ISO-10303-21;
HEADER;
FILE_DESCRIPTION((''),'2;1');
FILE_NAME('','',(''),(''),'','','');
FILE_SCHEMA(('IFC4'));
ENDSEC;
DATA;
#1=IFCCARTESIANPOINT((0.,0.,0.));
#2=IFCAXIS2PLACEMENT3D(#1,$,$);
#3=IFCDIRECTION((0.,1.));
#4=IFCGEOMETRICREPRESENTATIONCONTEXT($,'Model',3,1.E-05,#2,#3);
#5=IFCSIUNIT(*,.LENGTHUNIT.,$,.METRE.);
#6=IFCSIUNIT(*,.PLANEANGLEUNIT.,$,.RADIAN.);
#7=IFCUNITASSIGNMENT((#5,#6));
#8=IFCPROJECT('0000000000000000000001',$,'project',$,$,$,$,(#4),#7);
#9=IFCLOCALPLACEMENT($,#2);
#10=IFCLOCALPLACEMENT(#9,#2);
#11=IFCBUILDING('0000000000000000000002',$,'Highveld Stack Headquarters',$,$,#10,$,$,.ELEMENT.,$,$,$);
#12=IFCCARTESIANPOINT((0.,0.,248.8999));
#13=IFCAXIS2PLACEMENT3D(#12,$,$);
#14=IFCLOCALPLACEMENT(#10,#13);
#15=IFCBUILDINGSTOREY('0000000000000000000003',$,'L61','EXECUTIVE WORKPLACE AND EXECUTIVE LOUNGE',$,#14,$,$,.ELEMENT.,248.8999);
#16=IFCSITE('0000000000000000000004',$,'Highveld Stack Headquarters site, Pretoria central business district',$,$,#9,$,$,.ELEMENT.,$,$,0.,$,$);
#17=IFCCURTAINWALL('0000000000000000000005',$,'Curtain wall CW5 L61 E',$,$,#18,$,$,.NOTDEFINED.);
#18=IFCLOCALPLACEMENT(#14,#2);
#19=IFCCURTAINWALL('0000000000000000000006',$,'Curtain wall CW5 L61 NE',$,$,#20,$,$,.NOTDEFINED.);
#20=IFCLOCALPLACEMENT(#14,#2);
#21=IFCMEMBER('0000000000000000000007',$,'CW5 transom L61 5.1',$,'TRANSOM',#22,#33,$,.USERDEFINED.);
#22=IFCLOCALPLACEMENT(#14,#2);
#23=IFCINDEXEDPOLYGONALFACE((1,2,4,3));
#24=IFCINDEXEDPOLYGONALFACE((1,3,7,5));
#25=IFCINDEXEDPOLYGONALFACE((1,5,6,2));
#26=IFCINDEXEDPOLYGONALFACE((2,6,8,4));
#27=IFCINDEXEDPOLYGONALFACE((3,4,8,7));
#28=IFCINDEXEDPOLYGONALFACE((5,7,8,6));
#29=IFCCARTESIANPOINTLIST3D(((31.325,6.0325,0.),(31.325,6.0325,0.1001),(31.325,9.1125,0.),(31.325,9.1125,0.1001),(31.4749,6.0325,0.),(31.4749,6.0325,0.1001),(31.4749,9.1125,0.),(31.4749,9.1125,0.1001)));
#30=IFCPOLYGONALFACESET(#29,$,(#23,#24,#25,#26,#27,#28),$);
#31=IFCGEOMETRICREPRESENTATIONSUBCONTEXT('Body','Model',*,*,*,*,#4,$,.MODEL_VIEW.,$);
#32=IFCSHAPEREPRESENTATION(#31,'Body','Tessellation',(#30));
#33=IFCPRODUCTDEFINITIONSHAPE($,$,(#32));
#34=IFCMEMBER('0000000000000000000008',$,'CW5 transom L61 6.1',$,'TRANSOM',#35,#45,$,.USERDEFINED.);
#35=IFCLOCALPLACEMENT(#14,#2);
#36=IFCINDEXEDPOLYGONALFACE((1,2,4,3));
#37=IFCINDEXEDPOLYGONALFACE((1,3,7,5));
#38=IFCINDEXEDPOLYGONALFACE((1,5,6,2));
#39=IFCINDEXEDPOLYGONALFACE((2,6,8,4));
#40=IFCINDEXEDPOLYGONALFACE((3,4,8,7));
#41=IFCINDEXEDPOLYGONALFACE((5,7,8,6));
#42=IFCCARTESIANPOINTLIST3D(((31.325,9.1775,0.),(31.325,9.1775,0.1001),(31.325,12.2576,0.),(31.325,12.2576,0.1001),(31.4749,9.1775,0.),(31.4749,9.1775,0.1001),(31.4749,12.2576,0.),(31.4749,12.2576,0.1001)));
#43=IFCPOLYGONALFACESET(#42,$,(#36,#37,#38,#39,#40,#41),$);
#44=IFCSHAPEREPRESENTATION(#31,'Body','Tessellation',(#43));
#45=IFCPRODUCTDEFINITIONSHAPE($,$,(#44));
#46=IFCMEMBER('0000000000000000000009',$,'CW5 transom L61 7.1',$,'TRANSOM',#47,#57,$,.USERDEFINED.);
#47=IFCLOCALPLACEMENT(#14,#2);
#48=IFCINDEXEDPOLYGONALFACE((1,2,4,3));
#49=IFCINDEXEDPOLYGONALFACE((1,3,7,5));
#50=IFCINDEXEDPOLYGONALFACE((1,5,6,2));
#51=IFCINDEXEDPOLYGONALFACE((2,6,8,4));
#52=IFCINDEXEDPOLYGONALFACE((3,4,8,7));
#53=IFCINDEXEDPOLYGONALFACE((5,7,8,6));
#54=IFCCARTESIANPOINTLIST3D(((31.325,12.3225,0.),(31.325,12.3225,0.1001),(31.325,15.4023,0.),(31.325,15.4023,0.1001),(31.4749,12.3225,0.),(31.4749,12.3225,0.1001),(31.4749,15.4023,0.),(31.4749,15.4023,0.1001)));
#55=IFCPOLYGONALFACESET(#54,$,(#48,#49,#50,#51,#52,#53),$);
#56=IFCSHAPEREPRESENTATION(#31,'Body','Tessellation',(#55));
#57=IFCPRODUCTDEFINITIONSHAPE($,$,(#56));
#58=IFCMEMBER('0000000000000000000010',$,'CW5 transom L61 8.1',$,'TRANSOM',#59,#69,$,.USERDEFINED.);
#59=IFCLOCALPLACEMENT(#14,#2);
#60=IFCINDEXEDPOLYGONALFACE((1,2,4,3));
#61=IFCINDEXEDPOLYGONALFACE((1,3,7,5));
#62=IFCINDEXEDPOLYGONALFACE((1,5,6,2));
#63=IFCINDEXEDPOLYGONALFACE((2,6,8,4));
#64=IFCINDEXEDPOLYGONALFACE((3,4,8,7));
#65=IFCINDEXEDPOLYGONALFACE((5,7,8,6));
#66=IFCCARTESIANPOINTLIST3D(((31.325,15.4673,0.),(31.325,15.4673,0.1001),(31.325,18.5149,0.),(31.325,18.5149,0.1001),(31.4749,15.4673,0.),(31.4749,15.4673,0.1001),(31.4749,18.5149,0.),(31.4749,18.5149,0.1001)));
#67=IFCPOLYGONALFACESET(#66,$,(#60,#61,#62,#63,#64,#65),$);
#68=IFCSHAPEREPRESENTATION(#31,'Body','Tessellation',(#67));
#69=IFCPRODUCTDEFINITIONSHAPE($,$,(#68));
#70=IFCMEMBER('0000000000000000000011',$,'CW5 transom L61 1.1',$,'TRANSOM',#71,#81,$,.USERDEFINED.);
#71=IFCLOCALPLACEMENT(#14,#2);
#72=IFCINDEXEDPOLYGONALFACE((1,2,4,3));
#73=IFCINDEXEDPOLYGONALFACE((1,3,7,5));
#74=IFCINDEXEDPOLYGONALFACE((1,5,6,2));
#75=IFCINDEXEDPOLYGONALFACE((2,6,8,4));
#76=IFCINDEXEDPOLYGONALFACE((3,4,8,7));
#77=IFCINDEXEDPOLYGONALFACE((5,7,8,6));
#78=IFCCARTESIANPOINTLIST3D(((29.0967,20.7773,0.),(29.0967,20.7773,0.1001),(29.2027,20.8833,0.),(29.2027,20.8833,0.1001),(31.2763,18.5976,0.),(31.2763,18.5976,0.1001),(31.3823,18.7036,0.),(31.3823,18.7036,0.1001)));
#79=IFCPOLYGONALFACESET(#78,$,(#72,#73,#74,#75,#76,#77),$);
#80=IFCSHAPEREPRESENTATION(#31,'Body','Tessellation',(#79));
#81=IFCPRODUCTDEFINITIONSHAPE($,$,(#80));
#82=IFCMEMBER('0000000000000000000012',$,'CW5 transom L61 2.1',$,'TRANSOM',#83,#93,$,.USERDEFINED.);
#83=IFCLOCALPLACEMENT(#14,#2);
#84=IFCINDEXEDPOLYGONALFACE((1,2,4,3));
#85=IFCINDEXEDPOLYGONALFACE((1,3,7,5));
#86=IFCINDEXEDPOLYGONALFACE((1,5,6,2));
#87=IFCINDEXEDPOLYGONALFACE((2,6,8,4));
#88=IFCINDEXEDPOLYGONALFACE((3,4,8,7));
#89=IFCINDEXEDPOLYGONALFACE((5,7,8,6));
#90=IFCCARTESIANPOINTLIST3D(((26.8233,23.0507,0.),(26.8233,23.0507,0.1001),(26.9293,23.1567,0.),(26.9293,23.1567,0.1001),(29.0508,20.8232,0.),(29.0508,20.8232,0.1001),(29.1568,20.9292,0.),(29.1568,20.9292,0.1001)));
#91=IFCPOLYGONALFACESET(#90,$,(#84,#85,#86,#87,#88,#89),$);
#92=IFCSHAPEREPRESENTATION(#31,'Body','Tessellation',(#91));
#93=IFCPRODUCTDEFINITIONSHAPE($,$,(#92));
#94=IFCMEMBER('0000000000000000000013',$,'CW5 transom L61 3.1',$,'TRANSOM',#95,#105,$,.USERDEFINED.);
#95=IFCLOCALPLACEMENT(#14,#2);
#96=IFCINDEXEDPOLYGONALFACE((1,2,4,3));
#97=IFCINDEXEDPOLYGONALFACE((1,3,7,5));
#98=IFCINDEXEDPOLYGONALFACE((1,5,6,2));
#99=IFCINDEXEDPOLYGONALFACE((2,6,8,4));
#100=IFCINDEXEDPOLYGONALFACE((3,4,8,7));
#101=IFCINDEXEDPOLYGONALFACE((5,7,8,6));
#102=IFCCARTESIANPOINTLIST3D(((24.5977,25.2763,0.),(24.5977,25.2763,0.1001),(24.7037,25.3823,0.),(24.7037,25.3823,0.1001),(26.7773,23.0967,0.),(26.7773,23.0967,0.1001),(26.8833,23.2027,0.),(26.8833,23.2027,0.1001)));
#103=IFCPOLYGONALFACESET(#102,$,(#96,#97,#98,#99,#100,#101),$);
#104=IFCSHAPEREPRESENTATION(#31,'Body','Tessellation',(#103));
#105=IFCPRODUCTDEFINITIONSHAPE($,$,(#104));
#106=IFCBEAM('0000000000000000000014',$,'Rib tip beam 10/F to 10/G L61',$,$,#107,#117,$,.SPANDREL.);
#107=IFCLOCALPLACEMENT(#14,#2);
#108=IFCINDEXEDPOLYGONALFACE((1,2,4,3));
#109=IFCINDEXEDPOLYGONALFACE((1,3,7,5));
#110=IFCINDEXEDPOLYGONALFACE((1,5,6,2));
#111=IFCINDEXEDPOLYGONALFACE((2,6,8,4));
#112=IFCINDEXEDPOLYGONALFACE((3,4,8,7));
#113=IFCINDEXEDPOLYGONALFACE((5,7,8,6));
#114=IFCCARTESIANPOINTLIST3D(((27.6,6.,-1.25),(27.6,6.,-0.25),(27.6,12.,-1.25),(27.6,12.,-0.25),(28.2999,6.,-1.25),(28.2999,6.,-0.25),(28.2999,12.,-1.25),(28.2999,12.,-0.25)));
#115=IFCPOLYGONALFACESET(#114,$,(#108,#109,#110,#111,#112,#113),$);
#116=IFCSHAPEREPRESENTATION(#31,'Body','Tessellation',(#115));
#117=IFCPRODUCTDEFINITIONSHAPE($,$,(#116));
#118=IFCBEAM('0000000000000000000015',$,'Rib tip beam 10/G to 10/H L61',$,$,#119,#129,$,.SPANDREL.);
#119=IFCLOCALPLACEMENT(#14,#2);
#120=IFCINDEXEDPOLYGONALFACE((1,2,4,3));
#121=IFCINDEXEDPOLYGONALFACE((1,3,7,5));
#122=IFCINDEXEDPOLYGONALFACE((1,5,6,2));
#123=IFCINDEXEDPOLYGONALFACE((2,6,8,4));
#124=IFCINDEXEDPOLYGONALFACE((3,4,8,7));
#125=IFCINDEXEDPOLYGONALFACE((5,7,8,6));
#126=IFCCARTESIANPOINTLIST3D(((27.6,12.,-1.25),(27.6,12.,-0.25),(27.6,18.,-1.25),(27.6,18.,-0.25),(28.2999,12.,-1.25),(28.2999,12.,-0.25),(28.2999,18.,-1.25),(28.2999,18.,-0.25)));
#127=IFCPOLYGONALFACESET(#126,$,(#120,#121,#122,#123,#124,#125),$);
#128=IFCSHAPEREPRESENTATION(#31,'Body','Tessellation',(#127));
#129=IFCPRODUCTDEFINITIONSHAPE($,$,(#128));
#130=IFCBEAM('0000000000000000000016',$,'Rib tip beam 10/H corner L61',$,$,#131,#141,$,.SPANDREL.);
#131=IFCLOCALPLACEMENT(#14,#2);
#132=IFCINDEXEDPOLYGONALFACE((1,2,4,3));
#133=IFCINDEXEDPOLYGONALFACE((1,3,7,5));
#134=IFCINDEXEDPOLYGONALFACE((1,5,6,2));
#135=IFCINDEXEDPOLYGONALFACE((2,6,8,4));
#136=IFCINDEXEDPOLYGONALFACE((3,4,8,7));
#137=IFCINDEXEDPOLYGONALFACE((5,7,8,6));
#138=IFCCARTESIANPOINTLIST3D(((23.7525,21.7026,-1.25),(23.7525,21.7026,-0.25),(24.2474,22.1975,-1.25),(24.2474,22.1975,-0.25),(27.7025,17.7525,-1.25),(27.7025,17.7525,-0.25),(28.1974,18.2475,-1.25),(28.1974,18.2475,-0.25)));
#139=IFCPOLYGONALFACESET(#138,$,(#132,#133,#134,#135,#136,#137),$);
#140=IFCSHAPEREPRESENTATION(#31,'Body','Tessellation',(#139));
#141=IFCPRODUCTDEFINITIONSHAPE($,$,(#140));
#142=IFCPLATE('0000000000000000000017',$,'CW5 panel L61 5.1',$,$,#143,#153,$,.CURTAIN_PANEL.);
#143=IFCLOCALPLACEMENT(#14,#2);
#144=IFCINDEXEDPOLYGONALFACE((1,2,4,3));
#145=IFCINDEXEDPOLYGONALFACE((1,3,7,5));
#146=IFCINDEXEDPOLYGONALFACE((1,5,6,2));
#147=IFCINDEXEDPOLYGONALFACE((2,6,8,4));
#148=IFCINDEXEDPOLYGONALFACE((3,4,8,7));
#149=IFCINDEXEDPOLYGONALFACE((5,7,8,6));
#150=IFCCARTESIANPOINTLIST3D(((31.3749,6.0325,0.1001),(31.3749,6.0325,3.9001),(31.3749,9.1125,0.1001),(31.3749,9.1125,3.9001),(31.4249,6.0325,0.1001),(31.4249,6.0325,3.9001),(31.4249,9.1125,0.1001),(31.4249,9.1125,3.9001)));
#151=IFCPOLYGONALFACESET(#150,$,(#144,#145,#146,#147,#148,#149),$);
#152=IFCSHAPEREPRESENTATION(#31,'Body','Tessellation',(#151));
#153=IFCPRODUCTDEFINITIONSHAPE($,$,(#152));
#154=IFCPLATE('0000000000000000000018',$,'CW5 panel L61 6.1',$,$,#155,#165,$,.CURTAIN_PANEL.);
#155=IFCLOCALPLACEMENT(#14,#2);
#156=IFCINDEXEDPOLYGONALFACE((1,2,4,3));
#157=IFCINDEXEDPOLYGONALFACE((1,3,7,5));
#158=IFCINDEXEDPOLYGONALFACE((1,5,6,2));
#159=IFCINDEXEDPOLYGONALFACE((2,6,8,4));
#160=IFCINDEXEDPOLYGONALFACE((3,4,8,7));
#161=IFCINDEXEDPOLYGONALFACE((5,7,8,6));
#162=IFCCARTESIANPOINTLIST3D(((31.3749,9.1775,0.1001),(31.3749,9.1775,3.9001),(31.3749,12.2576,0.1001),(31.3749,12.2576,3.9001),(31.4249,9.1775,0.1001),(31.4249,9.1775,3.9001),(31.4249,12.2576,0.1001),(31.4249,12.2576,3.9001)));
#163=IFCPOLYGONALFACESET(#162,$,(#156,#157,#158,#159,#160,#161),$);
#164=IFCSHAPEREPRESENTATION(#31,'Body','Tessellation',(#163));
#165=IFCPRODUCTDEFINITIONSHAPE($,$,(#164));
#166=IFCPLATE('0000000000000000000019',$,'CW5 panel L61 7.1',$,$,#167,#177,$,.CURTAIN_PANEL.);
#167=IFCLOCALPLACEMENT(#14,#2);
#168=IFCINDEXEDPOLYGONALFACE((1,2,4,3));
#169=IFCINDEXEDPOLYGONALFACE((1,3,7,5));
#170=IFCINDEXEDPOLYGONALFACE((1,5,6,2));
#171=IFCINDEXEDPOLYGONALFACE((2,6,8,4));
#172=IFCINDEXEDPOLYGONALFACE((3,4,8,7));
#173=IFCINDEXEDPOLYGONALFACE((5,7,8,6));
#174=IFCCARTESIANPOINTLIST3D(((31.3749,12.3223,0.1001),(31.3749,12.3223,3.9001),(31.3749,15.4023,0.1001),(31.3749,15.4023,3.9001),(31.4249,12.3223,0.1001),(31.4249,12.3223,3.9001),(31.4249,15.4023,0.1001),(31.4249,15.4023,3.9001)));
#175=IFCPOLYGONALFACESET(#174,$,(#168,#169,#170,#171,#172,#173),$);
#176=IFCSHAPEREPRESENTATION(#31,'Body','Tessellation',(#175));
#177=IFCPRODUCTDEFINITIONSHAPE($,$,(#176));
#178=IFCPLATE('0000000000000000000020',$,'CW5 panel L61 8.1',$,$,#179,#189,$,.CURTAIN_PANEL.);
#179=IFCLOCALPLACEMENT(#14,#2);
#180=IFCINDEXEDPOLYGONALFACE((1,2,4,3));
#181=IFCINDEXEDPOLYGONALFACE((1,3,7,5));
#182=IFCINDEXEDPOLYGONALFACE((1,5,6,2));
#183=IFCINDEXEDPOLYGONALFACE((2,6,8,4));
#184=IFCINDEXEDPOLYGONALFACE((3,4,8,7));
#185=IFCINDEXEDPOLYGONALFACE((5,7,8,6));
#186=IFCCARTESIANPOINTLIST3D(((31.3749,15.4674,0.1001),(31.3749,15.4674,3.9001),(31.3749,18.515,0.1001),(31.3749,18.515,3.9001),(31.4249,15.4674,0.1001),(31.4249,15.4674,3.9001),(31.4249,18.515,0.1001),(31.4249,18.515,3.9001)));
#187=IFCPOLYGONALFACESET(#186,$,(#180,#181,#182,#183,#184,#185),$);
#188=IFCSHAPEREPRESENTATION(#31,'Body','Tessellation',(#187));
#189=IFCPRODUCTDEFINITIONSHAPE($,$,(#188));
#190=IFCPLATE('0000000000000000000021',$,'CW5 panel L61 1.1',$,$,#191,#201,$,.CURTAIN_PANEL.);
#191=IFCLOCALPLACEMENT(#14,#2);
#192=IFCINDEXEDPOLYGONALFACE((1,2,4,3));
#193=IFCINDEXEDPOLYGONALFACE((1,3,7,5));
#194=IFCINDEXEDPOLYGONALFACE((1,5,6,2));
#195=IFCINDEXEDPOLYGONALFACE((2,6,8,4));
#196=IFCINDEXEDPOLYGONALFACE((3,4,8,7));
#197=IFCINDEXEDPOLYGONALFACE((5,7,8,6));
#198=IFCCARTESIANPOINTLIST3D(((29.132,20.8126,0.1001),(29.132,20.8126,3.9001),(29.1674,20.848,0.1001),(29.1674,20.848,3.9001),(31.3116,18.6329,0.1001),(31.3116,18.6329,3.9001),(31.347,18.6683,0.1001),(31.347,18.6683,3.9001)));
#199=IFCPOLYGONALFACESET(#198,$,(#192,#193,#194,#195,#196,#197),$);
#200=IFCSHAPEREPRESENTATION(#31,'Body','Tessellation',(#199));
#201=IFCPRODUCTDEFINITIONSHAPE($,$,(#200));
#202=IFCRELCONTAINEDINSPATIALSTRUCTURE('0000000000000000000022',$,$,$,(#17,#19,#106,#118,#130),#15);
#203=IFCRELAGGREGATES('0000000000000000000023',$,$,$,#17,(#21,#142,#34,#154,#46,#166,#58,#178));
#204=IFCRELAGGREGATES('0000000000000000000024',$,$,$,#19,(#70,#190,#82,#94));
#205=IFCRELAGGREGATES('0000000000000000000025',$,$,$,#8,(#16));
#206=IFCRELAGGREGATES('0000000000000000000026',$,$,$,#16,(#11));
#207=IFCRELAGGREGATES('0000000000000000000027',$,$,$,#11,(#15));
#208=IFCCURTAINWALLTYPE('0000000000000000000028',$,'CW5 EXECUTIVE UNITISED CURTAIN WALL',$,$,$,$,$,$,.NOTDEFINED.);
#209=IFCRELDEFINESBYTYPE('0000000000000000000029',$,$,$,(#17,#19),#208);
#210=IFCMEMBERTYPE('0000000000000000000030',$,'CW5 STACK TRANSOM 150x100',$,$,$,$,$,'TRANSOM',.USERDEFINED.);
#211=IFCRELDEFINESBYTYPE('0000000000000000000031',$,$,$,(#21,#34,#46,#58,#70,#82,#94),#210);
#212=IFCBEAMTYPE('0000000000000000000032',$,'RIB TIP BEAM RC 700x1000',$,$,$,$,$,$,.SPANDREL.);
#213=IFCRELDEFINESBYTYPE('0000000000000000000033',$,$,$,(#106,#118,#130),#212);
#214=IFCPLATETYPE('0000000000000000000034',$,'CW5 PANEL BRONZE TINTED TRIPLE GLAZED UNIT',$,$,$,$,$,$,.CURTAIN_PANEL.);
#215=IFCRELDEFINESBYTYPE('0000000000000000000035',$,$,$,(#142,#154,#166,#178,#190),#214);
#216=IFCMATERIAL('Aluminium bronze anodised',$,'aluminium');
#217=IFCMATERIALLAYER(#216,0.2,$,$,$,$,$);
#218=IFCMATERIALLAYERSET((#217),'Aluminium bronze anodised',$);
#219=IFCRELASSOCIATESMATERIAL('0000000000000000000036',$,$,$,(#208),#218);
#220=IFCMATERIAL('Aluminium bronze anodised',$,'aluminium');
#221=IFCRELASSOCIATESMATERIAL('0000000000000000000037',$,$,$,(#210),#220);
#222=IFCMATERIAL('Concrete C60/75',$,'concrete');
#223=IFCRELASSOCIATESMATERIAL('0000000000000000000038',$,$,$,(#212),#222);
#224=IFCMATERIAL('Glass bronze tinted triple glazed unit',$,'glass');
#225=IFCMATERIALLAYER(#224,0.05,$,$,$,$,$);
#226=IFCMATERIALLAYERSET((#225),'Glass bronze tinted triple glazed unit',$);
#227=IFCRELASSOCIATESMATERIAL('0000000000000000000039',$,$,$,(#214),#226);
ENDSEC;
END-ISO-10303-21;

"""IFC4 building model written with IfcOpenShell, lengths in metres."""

from ifc_helpers import new_model, si_unit, direction, frame, origin, origin_2d, place, context, subcontext, project, spatial, rectangle, extrude, material, layer, layer_set, material_profile, profile_set, type_object, element, aggregate, save


model = new_model("IFC4")

# Units and contexts
model_context = context("Model", 3, precision=1e-05, world=origin(), true_north=direction((0.0, 1.0)))
body_context = subcontext(model_context, "Body", "Model", "MODEL_VIEW")
ifc_project = project(units=[si_unit("LENGTHUNIT", "METRE"), si_unit("PLANEANGLEUNIT", "RADIAN")], contexts=[model_context])

# Site, building, storey
site_placement = place(None, origin())
site = spatial("IfcSite", under=ifc_project, at=site_placement, Name="Highveld Stack Headquarters site, Pretoria central business district", CompositionType="ELEMENT", RefElevation=0.0)
building_placement = place(site_placement, origin())
building = spatial("IfcBuilding", under=site, at=building_placement, Name="Highveld Stack Headquarters", CompositionType="ELEMENT")
storey_placement = place(building_placement, frame((0.0, 0.0, 248.8999)))
storey = spatial("IfcBuildingStorey", under=building, at=storey_placement, Name="L61", Description="EXECUTIVE WORKPLACE AND EXECUTIVE LOUNGE", CompositionType="ELEMENT", Elevation=248.8999)

# Curtain walls
ifc_material_1 = material(Name="Aluminium bronze anodised", Category="aluminium")
ifc_layer_1 = layer(ifc_material_1, 0.2)
ifc_layer_set_1 = layer_set([ifc_layer_1], Name="Aluminium bronze anodised")
curtain_wall_type = type_object("IfcCurtainWallType", Name="CW5 EXECUTIVE UNITISED CURTAIN WALL", PredefinedType="NOTDEFINED", material=ifc_layer_set_1)
curtain_wall_1_placement = place(storey_placement, origin())
curtain_wall_1 = element("IfcCurtainWall", 1, at=curtain_wall_1_placement, inside=storey, type_object=curtain_wall_type, Name="Curtain wall CW5 L61 E", PredefinedType="NOTDEFINED")
curtain_wall_2_placement = place(storey_placement, origin())
curtain_wall_2 = element("IfcCurtainWall", 2, at=curtain_wall_2_placement, inside=storey, type_object=curtain_wall_type, Name="Curtain wall CW5 L61 NE", PredefinedType="NOTDEFINED")

# Members
ifc_material_2 = material(Name="Aluminium bronze anodised", Category="aluminium")
ifc_material_profile_1 = material_profile(ifc_material_2, rectangle(XDim=0.1499, YDim=0.1001, at=origin_2d()), Name="CW5 TRANSOM 150x100")
ifc_profile_set_1 = profile_set([ifc_material_profile_1], Name="Aluminium bronze anodised")
member_type_1 = type_object("IfcMemberType", Name="CW5 STACK TRANSOM 150x100", ElementType="TRANSOM", PredefinedType="USERDEFINED", material=ifc_profile_set_1)
member_1_placement = place(storey_placement, frame((31.3999, 6.0325, 0.05), z_axis=(0.0, 1.0, 0.0), x_axis=(-1.0, 0.0, 0.0)))
member_1 = element("IfcMember", 3, at=member_1_placement, type_object=member_type_1, Name="CW5 transom L61 5.1", ObjectType="TRANSOM", PredefinedType="USERDEFINED", context=body_context, shape_type="SweptSolid", body=[
    extrude(rectangle(XDim=0.1499, YDim=0.1001, at=origin_2d()), origin(), (0.0, 0.0, 1.0), 3.0801),
])
member_2_placement = place(storey_placement, frame((31.3999, 9.1775, 0.05), z_axis=(0.0, 1.0, 0.0), x_axis=(-1.0, 0.0, 0.0)))
member_2 = element("IfcMember", 4, at=member_2_placement, type_object=member_type_1, Name="CW5 transom L61 6.1", ObjectType="TRANSOM", PredefinedType="USERDEFINED", context=body_context, shape_type="SweptSolid", body=[
    extrude(rectangle(XDim=0.1499, YDim=0.1001, at=origin_2d()), origin(), (0.0, 0.0, 1.0), 3.0801),
])
member_3_placement = place(storey_placement, frame((31.3999, 12.3225, 0.05), z_axis=(0.0, 1.0, 0.0), x_axis=(-1.0, 0.0, 0.0)))
member_3 = element("IfcMember", 5, at=member_3_placement, type_object=member_type_1, Name="CW5 transom L61 7.1", ObjectType="TRANSOM", PredefinedType="USERDEFINED", context=body_context, shape_type="SweptSolid", body=[
    extrude(rectangle(XDim=0.1499, YDim=0.1001, at=origin_2d()), origin(), (0.0, 0.0, 1.0), 3.0798),
])
member_4_placement = place(storey_placement, frame((31.3999, 15.4673, 0.05), z_axis=(0.0, 1.0, 0.0), x_axis=(-1.0, 0.0, 0.0)))
member_4 = element("IfcMember", 6, at=member_4_placement, type_object=member_type_1, Name="CW5 transom L61 8.1", ObjectType="TRANSOM", PredefinedType="USERDEFINED", context=body_context, shape_type="SweptSolid", body=[
    extrude(rectangle(XDim=0.1499, YDim=0.1001, at=origin_2d()), origin(), (0.0, 0.0, 1.0), 3.0476),
])
member_5_placement = place(storey_placement, frame((31.3293, 18.6506, 0.05), z_axis=(-0.707107, 0.707107, 0.0), x_axis=(-0.707107, -0.707107, 0.0)))
member_5 = element("IfcMember", 7, at=member_5_placement, type_object=member_type_1, Name="CW5 transom L61 1.1", ObjectType="TRANSOM", PredefinedType="USERDEFINED", context=body_context, shape_type="SweptSolid", body=[
    extrude(rectangle(XDim=0.1499, YDim=0.1001, at=origin_2d()), origin(), (0.0, 0.0, 1.0), 3.0825),
])
member_6_placement = place(storey_placement, frame((29.1038, 20.8762, 0.05), z_axis=(-0.707107, 0.707107, 0.0), x_axis=(-0.707107, -0.707107, 0.0)))
member_6 = element("IfcMember", 8, at=member_6_placement, type_object=member_type_1, Name="CW5 transom L61 2.1", ObjectType="TRANSOM", PredefinedType="USERDEFINED", context=body_context, shape_type="SweptSolid", body=[
    extrude(rectangle(XDim=0.1499, YDim=0.1001, at=origin_2d()), origin(), (0.0, 0.0, 1.0), 3.1501),
])
member_7_placement = place(storey_placement, frame((26.8303, 23.1497, 0.05), z_axis=(-0.707107, 0.707107, 0.0), x_axis=(-0.707107, -0.707107, 0.0)))
member_7 = element("IfcMember", 9, at=member_7_placement, type_object=member_type_1, Name="CW5 transom L61 3.1", ObjectType="TRANSOM", PredefinedType="USERDEFINED", context=body_context, shape_type="SweptSolid", body=[
    extrude(rectangle(XDim=0.1499, YDim=0.1001, at=origin_2d()), origin(), (0.0, 0.0, 1.0), 3.0825),
])

# Beams
ifc_material_3 = material(Name="Concrete C60/75", Category="concrete")
ifc_material_profile_2 = material_profile(ifc_material_3, rectangle(XDim=0.7, YDim=1.0, at=origin_2d()), Name="RC 700x1000")
ifc_profile_set_2 = profile_set([ifc_material_profile_2], Name="Concrete C60/75")
beam_type = type_object("IfcBeamType", Name="RIB TIP BEAM RC 700x1000", PredefinedType="SPANDREL", material=ifc_profile_set_2)
for number, where, z_axis, x_axis, name in (
    (10, (27.95, 6.0, -0.75), (0.0, 1.0, 0.0), (-1.0, 0.0, 0.0), "Rib tip beam 10/F to 10/G L61"),
    (11, (27.95, 12.0, -0.75), (0.0, 1.0, 0.0), (-1.0, 0.0, 0.0), "Rib tip beam 10/G to 10/H L61"),
):
    element("IfcBeam", number, at=place(storey_placement, frame(where, z_axis=z_axis, x_axis=x_axis)), inside=storey, type_object=beam_type, Name=name, PredefinedType="SPANDREL", context=body_context, shape_type="SweptSolid", body=[
        extrude(rectangle(XDim=0.7, YDim=1.0, at=origin_2d()), origin(), (0.0, 0.0, 1.0), 6.0),
    ])
beam_placement = place(storey_placement, frame((27.95, 18.0, -0.75), z_axis=(-0.707107, 0.707107, 0.0), x_axis=(-0.707107, -0.707107, 0.0)))
element("IfcBeam", 12, at=beam_placement, inside=storey, type_object=beam_type, Name="Rib tip beam 10/H corner L61", PredefinedType="SPANDREL", context=body_context, shape_type="SweptSolid", body=[
    extrude(rectangle(XDim=0.7, YDim=1.0, at=origin_2d()), origin(), (0.0, 0.0, 1.0), 5.5862),
])

# Plates
ifc_material_4 = material(Name="Glass bronze tinted triple glazed unit", Category="glass")
ifc_layer_2 = layer(ifc_material_4, 0.05)
ifc_layer_set_2 = layer_set([ifc_layer_2], Name="Glass bronze tinted triple glazed unit")
plate_type = type_object("IfcPlateType", Name="CW5 PANEL BRONZE TINTED TRIPLE GLAZED UNIT", PredefinedType="CURTAIN_PANEL", material=ifc_layer_set_2)
plate_1_placement = place(storey_placement, frame((31.3999, 7.5725, 0.1001), z_axis=(0.0, 0.0, 1.0), x_axis=(0.0, 1.0, 0.0)))
plate_1 = element("IfcPlate", 13, at=plate_1_placement, type_object=plate_type, Name="CW5 panel L61 5.1", PredefinedType="CURTAIN_PANEL", context=body_context, shape_type="SweptSolid", body=[
    extrude(rectangle(XDim=3.0801, YDim=0.05, at=origin_2d()), origin(), (0.0, 0.0, 1.0), 3.8),
])
plate_2_placement = place(storey_placement, frame((31.3999, 10.7175, 0.1001), z_axis=(0.0, 0.0, 1.0), x_axis=(0.0, 1.0, 0.0)))
plate_2 = element("IfcPlate", 14, at=plate_2_placement, type_object=plate_type, Name="CW5 panel L61 6.1", PredefinedType="CURTAIN_PANEL", context=body_context, shape_type="SweptSolid", body=[
    extrude(rectangle(XDim=3.0801, YDim=0.05, at=origin_2d()), origin(), (0.0, 0.0, 1.0), 3.8),
])
plate_3_placement = place(storey_placement, frame((31.3999, 13.8623, 0.1001), z_axis=(0.0, 0.0, 1.0), x_axis=(0.0, 1.0, 0.0)))
plate_3 = element("IfcPlate", 15, at=plate_3_placement, type_object=plate_type, Name="CW5 panel L61 7.1", PredefinedType="CURTAIN_PANEL", context=body_context, shape_type="SweptSolid", body=[
    extrude(rectangle(XDim=3.0801, YDim=0.05, at=origin_2d()), origin(), (0.0, 0.0, 1.0), 3.8),
])
plate_4_placement = place(storey_placement, frame((31.3999, 16.9912, 0.1001), z_axis=(0.0, 0.0, 1.0), x_axis=(0.0, 1.0, 0.0)))
plate_4 = element("IfcPlate", 16, at=plate_4_placement, type_object=plate_type, Name="CW5 panel L61 8.1", PredefinedType="CURTAIN_PANEL", context=body_context, shape_type="SweptSolid", body=[
    extrude(rectangle(XDim=3.0476, YDim=0.05, at=origin_2d()), origin(), (0.0, 0.0, 1.0), 3.8),
])
aggregate(curtain_wall_1, [member_1, plate_1, member_2, plate_2, member_3, plate_3, member_4, plate_4])
plate_5_placement = place(storey_placement, frame((30.2395, 19.7405, 0.1001), z_axis=(0.0, 0.0, 1.0), x_axis=(-0.707107, 0.707107, 0.0)))
plate_5 = element("IfcPlate", 17, at=plate_5_placement, type_object=plate_type, Name="CW5 panel L61 1.1", PredefinedType="CURTAIN_PANEL", context=body_context, shape_type="SweptSolid", body=[
    extrude(rectangle(XDim=3.0825, YDim=0.05, at=origin_2d()), origin(), (0.0, 0.0, 1.0), 3.8),
])
aggregate(curtain_wall_2, [member_5, plate_5, member_6, member_7])

save(model, "model.ifc")
